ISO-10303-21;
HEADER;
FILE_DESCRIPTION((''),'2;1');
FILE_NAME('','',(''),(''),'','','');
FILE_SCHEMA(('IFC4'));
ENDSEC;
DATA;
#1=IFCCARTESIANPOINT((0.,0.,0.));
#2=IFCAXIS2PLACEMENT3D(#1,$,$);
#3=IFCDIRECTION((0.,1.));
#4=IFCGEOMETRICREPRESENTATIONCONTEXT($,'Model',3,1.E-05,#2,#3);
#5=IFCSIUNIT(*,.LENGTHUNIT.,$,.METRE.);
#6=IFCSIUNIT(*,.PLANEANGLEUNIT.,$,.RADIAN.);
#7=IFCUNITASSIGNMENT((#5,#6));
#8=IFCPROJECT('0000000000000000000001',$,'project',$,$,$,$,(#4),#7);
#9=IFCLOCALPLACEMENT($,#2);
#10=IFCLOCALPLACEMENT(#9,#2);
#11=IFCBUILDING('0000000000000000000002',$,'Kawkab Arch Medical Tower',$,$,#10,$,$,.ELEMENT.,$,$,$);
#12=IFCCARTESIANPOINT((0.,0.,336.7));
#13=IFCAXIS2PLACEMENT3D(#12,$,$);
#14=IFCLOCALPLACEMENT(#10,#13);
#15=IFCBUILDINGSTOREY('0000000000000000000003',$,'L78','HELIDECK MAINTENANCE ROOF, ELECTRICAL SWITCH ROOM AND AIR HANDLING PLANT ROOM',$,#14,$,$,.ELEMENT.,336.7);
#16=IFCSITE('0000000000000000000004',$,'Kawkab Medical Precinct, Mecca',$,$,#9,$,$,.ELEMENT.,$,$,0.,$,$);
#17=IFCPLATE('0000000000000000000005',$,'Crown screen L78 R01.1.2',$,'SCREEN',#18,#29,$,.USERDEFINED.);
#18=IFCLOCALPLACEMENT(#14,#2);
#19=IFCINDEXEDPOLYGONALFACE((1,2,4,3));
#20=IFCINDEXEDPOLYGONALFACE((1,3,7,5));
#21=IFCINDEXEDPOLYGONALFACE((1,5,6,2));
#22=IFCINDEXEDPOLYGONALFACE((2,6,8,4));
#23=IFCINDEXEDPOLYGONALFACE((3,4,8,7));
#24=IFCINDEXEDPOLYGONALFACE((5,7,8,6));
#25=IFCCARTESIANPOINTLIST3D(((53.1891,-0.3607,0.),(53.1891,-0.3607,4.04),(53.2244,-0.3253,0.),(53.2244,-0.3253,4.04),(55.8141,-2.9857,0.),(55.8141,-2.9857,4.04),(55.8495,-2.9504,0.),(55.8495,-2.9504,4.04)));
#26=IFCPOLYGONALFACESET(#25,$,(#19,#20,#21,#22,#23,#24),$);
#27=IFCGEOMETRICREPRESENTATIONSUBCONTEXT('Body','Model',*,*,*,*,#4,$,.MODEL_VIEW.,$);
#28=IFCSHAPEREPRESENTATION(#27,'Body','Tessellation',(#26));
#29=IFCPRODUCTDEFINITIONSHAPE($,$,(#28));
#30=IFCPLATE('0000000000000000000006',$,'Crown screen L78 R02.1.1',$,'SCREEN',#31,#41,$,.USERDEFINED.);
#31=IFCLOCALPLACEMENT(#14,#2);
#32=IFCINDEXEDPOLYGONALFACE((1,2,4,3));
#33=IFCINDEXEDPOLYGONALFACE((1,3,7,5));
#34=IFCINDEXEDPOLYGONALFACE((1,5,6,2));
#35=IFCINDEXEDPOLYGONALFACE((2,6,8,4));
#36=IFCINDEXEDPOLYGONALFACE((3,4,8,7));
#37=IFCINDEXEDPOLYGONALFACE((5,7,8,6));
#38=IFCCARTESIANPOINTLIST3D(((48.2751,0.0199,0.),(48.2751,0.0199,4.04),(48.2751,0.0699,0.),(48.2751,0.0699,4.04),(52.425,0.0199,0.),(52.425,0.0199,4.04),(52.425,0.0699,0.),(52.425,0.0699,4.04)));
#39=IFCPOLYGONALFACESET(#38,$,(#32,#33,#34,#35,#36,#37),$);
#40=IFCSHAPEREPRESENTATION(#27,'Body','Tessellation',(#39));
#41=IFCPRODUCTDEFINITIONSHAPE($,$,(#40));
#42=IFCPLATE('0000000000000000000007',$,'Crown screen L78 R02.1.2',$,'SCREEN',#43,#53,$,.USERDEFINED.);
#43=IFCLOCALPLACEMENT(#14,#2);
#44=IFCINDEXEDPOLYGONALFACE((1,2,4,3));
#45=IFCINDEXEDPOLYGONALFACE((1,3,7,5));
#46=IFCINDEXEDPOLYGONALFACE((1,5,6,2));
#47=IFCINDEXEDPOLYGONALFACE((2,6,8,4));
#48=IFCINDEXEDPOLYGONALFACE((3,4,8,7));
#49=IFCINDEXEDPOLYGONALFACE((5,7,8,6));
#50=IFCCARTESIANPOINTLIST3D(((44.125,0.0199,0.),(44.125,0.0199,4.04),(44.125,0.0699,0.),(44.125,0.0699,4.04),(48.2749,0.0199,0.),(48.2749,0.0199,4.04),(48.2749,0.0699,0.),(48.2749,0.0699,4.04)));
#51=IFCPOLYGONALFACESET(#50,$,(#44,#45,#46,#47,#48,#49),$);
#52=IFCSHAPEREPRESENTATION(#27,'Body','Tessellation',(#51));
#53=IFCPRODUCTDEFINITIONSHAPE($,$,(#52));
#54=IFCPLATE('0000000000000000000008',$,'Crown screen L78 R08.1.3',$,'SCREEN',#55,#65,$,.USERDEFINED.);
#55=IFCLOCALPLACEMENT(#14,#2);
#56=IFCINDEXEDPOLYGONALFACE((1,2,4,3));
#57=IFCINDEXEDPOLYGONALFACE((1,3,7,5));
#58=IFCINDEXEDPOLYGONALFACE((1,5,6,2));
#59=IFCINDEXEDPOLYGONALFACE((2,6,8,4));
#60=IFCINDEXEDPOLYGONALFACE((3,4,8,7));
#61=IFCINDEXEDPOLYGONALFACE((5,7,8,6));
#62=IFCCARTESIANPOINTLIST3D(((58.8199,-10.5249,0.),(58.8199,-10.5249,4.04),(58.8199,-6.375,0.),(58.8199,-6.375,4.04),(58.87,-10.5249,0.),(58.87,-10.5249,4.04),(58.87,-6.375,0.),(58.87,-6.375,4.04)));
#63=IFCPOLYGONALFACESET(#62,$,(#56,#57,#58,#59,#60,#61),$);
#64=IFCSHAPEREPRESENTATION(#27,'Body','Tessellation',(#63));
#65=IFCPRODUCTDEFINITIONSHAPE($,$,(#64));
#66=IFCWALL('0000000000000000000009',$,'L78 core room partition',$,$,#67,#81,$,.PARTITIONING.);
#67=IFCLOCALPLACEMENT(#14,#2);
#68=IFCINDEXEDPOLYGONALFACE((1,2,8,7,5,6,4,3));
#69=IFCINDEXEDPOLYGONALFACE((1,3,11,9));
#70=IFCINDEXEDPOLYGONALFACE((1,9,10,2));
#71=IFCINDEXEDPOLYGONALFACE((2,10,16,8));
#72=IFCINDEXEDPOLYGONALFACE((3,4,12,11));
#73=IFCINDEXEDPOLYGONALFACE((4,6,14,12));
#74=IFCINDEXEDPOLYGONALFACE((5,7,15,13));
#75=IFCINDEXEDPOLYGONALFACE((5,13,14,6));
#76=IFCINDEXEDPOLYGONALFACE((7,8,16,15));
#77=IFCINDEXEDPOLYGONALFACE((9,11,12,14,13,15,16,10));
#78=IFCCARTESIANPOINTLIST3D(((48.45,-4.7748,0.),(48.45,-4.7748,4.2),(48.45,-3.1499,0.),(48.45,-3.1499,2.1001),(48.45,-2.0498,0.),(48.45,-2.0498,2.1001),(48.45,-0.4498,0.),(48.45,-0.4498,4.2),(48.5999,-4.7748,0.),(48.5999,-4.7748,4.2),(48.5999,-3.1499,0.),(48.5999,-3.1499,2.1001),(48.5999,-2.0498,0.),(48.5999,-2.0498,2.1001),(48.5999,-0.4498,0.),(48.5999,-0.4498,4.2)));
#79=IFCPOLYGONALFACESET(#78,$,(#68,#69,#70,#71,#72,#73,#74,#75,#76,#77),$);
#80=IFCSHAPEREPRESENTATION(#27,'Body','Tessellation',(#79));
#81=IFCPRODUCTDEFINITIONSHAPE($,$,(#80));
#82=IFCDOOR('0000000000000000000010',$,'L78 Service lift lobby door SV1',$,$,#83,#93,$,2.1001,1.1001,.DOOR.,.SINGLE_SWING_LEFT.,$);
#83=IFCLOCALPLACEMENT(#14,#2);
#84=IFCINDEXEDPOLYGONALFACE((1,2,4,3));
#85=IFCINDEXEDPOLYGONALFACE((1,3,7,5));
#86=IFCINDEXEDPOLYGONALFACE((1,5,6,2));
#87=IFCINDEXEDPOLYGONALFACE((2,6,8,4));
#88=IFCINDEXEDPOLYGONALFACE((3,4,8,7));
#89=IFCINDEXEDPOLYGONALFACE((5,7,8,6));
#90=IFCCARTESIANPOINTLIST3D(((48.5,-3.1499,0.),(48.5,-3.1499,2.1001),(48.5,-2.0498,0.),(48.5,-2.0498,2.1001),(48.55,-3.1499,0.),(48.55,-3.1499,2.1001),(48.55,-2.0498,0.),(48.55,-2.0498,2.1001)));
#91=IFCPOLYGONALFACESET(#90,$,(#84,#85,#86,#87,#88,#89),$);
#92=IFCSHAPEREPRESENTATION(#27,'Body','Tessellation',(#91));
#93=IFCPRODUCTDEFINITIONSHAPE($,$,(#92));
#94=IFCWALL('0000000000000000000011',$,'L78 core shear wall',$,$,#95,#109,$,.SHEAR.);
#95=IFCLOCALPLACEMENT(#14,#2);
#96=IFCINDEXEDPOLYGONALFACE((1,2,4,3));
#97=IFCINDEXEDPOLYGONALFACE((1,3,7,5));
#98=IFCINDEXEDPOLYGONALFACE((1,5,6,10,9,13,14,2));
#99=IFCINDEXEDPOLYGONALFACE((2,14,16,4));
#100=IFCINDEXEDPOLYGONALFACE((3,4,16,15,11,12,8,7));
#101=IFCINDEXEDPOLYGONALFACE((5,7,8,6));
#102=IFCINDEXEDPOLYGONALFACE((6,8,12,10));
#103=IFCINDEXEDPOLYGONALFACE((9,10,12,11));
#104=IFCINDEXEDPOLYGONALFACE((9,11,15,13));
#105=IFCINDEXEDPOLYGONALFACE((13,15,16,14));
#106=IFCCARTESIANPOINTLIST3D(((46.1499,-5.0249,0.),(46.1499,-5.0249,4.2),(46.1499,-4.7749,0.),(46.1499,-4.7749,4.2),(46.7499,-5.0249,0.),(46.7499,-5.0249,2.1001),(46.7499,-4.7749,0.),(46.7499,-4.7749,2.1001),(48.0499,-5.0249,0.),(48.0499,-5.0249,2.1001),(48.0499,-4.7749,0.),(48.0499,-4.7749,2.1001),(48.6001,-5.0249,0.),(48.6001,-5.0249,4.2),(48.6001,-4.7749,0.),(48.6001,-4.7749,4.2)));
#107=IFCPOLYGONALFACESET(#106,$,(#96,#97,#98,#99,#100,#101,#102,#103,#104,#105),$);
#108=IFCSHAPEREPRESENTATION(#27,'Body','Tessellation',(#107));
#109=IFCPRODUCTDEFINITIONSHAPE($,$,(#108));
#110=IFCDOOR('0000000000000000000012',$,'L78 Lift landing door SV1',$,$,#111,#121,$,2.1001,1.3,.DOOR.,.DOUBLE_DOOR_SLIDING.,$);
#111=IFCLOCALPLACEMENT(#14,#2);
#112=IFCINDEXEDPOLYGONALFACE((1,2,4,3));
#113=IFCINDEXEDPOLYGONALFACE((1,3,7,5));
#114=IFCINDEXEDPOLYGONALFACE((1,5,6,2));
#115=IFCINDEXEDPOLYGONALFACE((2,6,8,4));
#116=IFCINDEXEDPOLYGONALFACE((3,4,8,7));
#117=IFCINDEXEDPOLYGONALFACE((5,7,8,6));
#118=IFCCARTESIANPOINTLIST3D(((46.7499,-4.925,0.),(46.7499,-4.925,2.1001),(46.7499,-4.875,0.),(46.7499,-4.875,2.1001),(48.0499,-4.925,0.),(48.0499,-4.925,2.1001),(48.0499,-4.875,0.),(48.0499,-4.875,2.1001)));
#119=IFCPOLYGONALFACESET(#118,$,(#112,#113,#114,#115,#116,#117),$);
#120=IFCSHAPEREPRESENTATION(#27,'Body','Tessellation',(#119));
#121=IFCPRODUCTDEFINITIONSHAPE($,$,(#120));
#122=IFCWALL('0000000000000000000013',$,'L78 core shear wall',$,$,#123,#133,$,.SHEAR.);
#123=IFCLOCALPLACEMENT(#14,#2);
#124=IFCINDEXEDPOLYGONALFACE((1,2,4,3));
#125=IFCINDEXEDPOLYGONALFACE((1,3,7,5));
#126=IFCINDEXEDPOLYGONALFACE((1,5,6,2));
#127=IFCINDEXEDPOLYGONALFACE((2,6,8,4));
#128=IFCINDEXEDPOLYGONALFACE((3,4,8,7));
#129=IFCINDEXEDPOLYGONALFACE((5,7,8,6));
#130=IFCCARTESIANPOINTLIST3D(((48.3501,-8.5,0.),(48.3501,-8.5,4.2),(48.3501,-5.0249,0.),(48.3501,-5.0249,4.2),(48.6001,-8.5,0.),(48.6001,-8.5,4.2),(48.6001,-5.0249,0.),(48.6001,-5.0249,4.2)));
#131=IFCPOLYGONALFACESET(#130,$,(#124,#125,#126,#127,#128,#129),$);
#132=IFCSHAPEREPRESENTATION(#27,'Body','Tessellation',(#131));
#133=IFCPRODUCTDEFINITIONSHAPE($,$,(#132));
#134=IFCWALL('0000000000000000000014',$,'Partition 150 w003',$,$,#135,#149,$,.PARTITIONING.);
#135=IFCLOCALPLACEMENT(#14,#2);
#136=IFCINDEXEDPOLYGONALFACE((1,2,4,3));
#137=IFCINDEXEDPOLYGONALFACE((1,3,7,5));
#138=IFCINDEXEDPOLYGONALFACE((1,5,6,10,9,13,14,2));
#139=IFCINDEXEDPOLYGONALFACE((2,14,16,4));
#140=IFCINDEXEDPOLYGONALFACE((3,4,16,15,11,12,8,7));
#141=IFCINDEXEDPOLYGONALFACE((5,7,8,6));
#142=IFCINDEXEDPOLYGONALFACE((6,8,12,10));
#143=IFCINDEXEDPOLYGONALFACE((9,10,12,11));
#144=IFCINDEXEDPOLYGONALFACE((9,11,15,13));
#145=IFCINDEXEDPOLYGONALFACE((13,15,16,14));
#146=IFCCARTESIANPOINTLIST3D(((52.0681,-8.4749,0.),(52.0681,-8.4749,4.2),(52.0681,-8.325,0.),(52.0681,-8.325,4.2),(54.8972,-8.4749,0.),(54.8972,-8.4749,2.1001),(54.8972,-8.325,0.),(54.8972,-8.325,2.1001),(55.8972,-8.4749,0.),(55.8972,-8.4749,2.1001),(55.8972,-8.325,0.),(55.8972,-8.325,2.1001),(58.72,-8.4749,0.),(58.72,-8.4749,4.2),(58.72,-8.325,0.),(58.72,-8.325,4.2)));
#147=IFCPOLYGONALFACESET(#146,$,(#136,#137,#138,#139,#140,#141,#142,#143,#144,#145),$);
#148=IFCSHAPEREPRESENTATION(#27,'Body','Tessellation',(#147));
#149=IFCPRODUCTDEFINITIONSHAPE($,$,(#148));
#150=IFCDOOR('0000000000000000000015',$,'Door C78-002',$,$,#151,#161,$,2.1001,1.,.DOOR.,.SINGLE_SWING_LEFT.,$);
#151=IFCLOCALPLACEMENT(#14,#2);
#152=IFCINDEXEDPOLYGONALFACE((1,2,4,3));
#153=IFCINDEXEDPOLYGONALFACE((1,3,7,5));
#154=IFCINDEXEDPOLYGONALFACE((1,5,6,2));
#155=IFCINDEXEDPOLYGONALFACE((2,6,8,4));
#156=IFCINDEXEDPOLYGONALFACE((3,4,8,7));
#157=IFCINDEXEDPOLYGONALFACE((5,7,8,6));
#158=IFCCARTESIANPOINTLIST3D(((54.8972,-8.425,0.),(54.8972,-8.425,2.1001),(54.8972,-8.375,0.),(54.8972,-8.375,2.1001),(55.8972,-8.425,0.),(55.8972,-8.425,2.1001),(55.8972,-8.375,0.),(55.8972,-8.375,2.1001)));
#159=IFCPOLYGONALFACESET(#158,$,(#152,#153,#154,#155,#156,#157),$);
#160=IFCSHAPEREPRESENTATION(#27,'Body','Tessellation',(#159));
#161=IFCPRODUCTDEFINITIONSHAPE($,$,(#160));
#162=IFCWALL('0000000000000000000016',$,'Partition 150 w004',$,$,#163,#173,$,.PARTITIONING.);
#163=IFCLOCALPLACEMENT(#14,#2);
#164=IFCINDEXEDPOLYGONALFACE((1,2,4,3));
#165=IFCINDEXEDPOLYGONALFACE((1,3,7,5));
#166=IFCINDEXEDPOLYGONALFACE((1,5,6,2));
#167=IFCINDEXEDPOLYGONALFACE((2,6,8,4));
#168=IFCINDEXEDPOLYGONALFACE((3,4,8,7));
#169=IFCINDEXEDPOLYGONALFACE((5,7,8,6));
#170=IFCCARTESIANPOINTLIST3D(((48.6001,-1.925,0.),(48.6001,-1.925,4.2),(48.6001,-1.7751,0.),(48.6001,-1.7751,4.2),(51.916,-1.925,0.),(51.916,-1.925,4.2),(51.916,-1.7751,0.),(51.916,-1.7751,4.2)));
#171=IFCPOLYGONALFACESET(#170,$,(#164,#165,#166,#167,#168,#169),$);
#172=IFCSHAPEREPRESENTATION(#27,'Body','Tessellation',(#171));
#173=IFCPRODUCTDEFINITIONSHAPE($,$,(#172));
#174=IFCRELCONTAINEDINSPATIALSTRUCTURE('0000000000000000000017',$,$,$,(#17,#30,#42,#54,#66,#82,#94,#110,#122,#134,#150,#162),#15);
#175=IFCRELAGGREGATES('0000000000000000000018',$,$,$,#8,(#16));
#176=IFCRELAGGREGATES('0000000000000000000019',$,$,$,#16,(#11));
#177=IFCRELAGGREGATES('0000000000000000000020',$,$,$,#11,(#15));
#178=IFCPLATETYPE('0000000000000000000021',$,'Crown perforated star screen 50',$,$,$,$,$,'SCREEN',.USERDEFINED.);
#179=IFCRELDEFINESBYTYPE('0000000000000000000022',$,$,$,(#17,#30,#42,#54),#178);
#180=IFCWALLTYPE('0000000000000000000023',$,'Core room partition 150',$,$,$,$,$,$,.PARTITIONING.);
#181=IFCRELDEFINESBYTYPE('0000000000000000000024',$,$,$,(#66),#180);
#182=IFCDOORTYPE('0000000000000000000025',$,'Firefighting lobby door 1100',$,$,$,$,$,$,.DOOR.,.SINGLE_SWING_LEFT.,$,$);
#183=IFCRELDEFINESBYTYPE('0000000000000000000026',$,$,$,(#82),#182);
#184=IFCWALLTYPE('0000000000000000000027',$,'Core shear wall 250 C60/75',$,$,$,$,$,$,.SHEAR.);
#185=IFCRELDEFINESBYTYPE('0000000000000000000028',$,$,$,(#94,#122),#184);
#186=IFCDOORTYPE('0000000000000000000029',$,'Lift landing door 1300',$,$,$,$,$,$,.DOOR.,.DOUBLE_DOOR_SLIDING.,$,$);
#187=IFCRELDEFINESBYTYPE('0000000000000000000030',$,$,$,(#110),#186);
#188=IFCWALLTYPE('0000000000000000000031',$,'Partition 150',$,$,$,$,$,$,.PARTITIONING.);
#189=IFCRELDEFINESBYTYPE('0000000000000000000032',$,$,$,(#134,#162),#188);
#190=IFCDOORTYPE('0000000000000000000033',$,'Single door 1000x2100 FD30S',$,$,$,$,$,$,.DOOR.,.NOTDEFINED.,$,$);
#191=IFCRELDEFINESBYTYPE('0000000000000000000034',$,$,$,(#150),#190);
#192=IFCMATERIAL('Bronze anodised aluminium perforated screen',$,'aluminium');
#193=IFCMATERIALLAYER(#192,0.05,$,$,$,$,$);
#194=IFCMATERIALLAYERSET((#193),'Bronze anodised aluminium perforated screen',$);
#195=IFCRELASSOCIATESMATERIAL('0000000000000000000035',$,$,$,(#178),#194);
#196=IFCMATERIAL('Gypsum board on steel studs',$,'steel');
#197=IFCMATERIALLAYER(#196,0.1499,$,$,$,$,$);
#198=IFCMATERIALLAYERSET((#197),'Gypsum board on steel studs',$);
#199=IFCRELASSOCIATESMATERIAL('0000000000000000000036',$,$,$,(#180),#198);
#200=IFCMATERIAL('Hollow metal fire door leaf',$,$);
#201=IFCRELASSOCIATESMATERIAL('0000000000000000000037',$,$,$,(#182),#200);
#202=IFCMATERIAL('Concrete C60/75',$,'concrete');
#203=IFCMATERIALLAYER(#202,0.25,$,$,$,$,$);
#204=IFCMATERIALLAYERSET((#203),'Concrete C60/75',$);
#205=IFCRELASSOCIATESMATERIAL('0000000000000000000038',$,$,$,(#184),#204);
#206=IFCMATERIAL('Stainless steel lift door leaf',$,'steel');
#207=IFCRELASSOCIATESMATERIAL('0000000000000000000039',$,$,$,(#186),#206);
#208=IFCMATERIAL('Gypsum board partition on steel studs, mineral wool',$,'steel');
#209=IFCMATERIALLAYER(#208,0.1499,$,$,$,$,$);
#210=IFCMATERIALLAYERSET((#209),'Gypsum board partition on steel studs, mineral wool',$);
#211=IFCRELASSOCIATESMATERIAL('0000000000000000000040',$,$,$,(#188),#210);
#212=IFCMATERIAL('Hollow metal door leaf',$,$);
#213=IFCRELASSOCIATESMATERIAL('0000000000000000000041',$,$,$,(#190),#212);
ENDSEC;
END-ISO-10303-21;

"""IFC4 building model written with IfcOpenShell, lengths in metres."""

from ifc_helpers import new_model, si_unit, direction, frame, frame_2d, origin, origin_2d, place, context, subcontext, project, spatial, rectangle, extrude, material, layer, layer_set, type_object, element, fill, save


model = new_model("IFC4")

# Units and contexts
model_context = context("Model", 3, precision=1e-05, world=origin(), true_north=direction((0.0, 1.0)))
body_context = subcontext(model_context, "Body", "Model", "MODEL_VIEW")
ifc_project = project(units=[si_unit("LENGTHUNIT", "METRE"), si_unit("PLANEANGLEUNIT", "RADIAN")], contexts=[model_context])

# Site, building, storey
site_placement = place(None, origin())
site = spatial("IfcSite", under=ifc_project, at=site_placement, Name="Kawkab Medical Precinct, Mecca", CompositionType="ELEMENT", RefElevation=0.0)
building_placement = place(site_placement, origin())
building = spatial("IfcBuilding", under=site, at=building_placement, Name="Kawkab Arch Medical Tower", CompositionType="ELEMENT")
storey_placement = place(building_placement, frame((0.0, 0.0, 336.7)))
storey = spatial("IfcBuildingStorey", under=building, at=storey_placement, Name="L78", Description="HELIDECK MAINTENANCE ROOF, ELECTRICAL SWITCH ROOM AND AIR HANDLING PLANT ROOM", CompositionType="ELEMENT", Elevation=336.7)

# Plates
ifc_material_1 = material(Name="Bronze anodised aluminium perforated screen", Category="aluminium")
ifc_layer_1 = layer(ifc_material_1, 0.05)
ifc_layer_set_1 = layer_set([ifc_layer_1], Name="Bronze anodised aluminium perforated screen")
plate_type_1 = type_object("IfcPlateType", Name="Crown perforated star screen 50", ElementType="SCREEN", PredefinedType="USERDEFINED", material=ifc_layer_set_1)
for number, where, z_axis, x_axis, name in (
    (1, (54.5193, -1.6555, 0.0), (0.0, 0.0, 1.0), (-0.707107, 0.707107, 0.0), "Crown screen L78 R01.1.2"),
):
    element("IfcPlate", number, at=place(storey_placement, frame(where, z_axis=z_axis, x_axis=x_axis)), inside=storey, type_object=plate_type_1, Name=name, ObjectType="SCREEN", PredefinedType="USERDEFINED", context=body_context, shape_type="SweptSolid", body=[
        extrude(rectangle(XDim=3.7124, YDim=0.05, at=origin_2d()), origin(), (0.0, 0.0, 1.0), 4.04),
    ])
for number, where, z_axis, x_axis, name in (
    (2, (50.3501, 0.0449, 0.0), (0.0, 0.0, 1.0), (-1.0, 0.0, 0.0), "Crown screen L78 R02.1.1"),
    (3, (46.2, 0.0449, 0.0), (0.0, 0.0, 1.0), (-1.0, 0.0, 0.0), "Crown screen L78 R02.1.2"),
    (4, (58.845, -8.45, 0.0), (0.0, 0.0, 1.0), (0.0, 1.0, 0.0), "Crown screen L78 R08.1.3"),
):
    element("IfcPlate", number, at=place(storey_placement, frame(where, z_axis=z_axis, x_axis=x_axis)), inside=storey, type_object=plate_type_1, Name=name, ObjectType="SCREEN", PredefinedType="USERDEFINED", context=body_context, shape_type="SweptSolid", body=[
        extrude(rectangle(XDim=4.1499, YDim=0.05, at=origin_2d()), origin(), (0.0, 0.0, 1.0), 4.04),
    ])

# Walls, openings, doors
ifc_material_2 = material(Name="Gypsum board on steel studs", Category="steel")
ifc_layer_2 = layer(ifc_material_2, 0.1499)
ifc_layer_set_2 = layer_set([ifc_layer_2], Name="Gypsum board on steel studs")
wall_type_1 = type_object("IfcWallType", Name="Core room partition 150", PredefinedType="PARTITIONING", material=ifc_layer_set_2)
wall_1_placement = place(storey_placement, frame((48.5249, -4.7749, 0.0), z_axis=(0.0, 0.0, 1.0), x_axis=(0.0, 1.0, 0.0)))
wall_1 = element("IfcWall", 5, at=wall_1_placement, inside=storey, type_object=wall_type_1, Name="L78 core room partition", PredefinedType="PARTITIONING", context=body_context, shape_type="SweptSolid", body=[
    extrude(rectangle(XDim=4.325, YDim=0.1499, at=frame_2d((2.1626, 0.0))), origin(), (0.0, 0.0, 1.0), 4.2),
])
opening_1_placement = place(wall_1_placement, frame((1.625, 0.0, 0.0)))
opening_1 = element("IfcOpeningElement", 6, at=opening_1_placement, cuts=wall_1, PredefinedType="OPENING", context=body_context, shape_type="SweptSolid", body=[
    extrude(rectangle(XDim=1.1001, YDim=2.1001, at=frame_2d((0.55, 1.05))), frame((0.0, 0.085, 0.0), z_axis=(0.0, -1.0, 0.0), x_axis=(1.0, 0.0, 0.0)), (0.0, 0.0, 1.0), 0.1699),
])
ifc_material_3 = material(Name="Hollow metal fire door leaf")
door_type_1 = type_object("IfcDoorType", Name="Firefighting lobby door 1100", OperationType="SINGLE_SWING_LEFT", PredefinedType="DOOR", material=ifc_material_3)
door_1_placement = place(opening_1_placement, origin())
door_1 = element("IfcDoor", 7, at=door_1_placement, inside=storey, type_object=door_type_1, Name="L78 Service lift lobby door SV1", OperationType="SINGLE_SWING_LEFT", OverallHeight=2.1001, OverallWidth=1.1001, PredefinedType="DOOR", context=body_context, shape_type="SweptSolid", body=[
    extrude(rectangle(XDim=1.1001, YDim=2.1001, at=frame_2d((0.55, 1.05))), frame((0.0, 0.0249, 0.0), z_axis=(0.0, -1.0, 0.0), x_axis=(1.0, 0.0, 0.0)), (0.0, 0.0, 1.0), 0.05),
])
fill(opening_1, door_1)
ifc_material_4 = material(Name="Concrete C60/75", Category="concrete")
ifc_layer_3 = layer(ifc_material_4, 0.25)
ifc_layer_set_3 = layer_set([ifc_layer_3], Name="Concrete C60/75")
wall_type_2 = type_object("IfcWallType", Name="Core shear wall 250 C60/75", PredefinedType="SHEAR", material=ifc_layer_set_3)
wall_2_placement = place(storey_placement, frame((46.1499, -4.8999, 0.0), z_axis=(0.0, 0.0, 1.0), x_axis=(1.0, 0.0, 0.0)))
wall_2 = element("IfcWall", 8, at=wall_2_placement, inside=storey, type_object=wall_type_2, Name="L78 core shear wall", PredefinedType="SHEAR", context=body_context, shape_type="SweptSolid", body=[
    extrude(rectangle(XDim=2.4502, YDim=0.25, at=frame_2d((1.2251, 0.0))), origin(), (0.0, 0.0, 1.0), 4.2),
])
opening_2_placement = place(wall_2_placement, frame((0.6001, 0.0, 0.0)))
opening_2 = element("IfcOpeningElement", 9, at=opening_2_placement, cuts=wall_2, PredefinedType="OPENING", context=body_context, shape_type="SweptSolid", body=[
    extrude(rectangle(XDim=1.3, YDim=2.1001, at=frame_2d((0.6499, 1.05))), frame((0.0, 0.135, 0.0), z_axis=(0.0, -1.0, 0.0), x_axis=(1.0, 0.0, 0.0)), (0.0, 0.0, 1.0), 0.27),
])
ifc_material_5 = material(Name="Stainless steel lift door leaf", Category="steel")
door_type_2 = type_object("IfcDoorType", Name="Lift landing door 1300", OperationType="DOUBLE_DOOR_SLIDING", PredefinedType="DOOR", material=ifc_material_5)
door_2_placement = place(opening_2_placement, origin())
door_2 = element("IfcDoor", 10, at=door_2_placement, inside=storey, type_object=door_type_2, Name="L78 Lift landing door SV1", OperationType="DOUBLE_DOOR_SLIDING", OverallHeight=2.1001, OverallWidth=1.3, PredefinedType="DOOR", context=body_context, shape_type="SweptSolid", body=[
    extrude(rectangle(XDim=1.3, YDim=2.1001, at=frame_2d((0.6499, 1.05))), frame((0.0, 0.0249, 0.0), z_axis=(0.0, -1.0, 0.0), x_axis=(1.0, 0.0, 0.0)), (0.0, 0.0, 1.0), 0.05),
])
fill(opening_2, door_2)

# Wall
wall_3_placement = place(storey_placement, frame((48.4751, -8.5, 0.0), z_axis=(0.0, 0.0, 1.0), x_axis=(0.0, 1.0, 0.0)))
element("IfcWall", 11, at=wall_3_placement, inside=storey, type_object=wall_type_2, Name="L78 core shear wall", PredefinedType="SHEAR", context=body_context, shape_type="SweptSolid", body=[
    extrude(rectangle(XDim=3.4751, YDim=0.25, at=frame_2d((1.7375, 0.0))), origin(), (0.0, 0.0, 1.0), 4.2),
])

# Wall, opening, door
ifc_material_6 = material(Name="Gypsum board partition on steel studs, mineral wool", Category="steel")
ifc_layer_4 = layer(ifc_material_6, 0.1499)
ifc_layer_set_4 = layer_set([ifc_layer_4], Name="Gypsum board partition on steel studs, mineral wool")
wall_type_3 = type_object("IfcWallType", Name="Partition 150", PredefinedType="PARTITIONING", material=ifc_layer_set_4)
wall_4_placement = place(storey_placement, frame((52.0681, -8.3999, 0.0), z_axis=(0.0, 0.0, 1.0), x_axis=(1.0, 0.0, 0.0)))
wall_4 = element("IfcWall", 12, at=wall_4_placement, inside=storey, type_object=wall_type_3, Name="Partition 150 w003", PredefinedType="PARTITIONING", context=body_context, shape_type="SweptSolid", body=[
    extrude(rectangle(XDim=6.6519, YDim=0.1499, at=frame_2d((3.3259, 0.0))), origin(), (0.0, 0.0, 1.0), 4.2),
])
opening_3_placement = place(wall_4_placement, frame((2.8291, 0.0, 0.0)))
opening_3 = element("IfcOpeningElement", 13, at=opening_3_placement, cuts=wall_4, PredefinedType="OPENING", context=body_context, shape_type="SweptSolid", body=[
    extrude(rectangle(XDim=1.0, YDim=2.1001, at=frame_2d((0.5, 1.05))), frame((0.0, 0.085, 0.0), z_axis=(0.0, -1.0, 0.0), x_axis=(1.0, 0.0, 0.0)), (0.0, 0.0, 1.0), 0.1699),
])
ifc_material_7 = material(Name="Hollow metal door leaf")
door_type_3 = type_object("IfcDoorType", Name="Single door 1000x2100 FD30S", OperationType="NOTDEFINED", PredefinedType="DOOR", material=ifc_material_7)
door_3_placement = place(opening_3_placement, origin())
door_3 = element("IfcDoor", 14, at=door_3_placement, inside=storey, type_object=door_type_3, Name="Door C78-002", OperationType="SINGLE_SWING_LEFT", OverallHeight=2.1001, OverallWidth=1.0, PredefinedType="DOOR", context=body_context, shape_type="SweptSolid", body=[
    extrude(rectangle(XDim=1.0, YDim=2.1001, at=frame_2d((0.5, 1.05))), frame((0.0, 0.0249, 0.0), z_axis=(0.0, -1.0, 0.0), x_axis=(1.0, 0.0, 0.0)), (0.0, 0.0, 1.0), 0.05),
])
fill(opening_3, door_3)

# Wall
wall_5_placement = place(storey_placement, frame((48.6001, -1.8501, 0.0), z_axis=(0.0, 0.0, 1.0), x_axis=(1.0, 0.0, 0.0)))
element("IfcWall", 15, at=wall_5_placement, inside=storey, type_object=wall_type_3, Name="Partition 150 w004", PredefinedType="PARTITIONING", context=body_context, shape_type="SweptSolid", body=[
    extrude(rectangle(XDim=3.3159, YDim=0.1499, at=frame_2d((1.658, 0.0))), origin(), (0.0, 0.0, 1.0), 4.2),
])

save(model, "model.ifc")
